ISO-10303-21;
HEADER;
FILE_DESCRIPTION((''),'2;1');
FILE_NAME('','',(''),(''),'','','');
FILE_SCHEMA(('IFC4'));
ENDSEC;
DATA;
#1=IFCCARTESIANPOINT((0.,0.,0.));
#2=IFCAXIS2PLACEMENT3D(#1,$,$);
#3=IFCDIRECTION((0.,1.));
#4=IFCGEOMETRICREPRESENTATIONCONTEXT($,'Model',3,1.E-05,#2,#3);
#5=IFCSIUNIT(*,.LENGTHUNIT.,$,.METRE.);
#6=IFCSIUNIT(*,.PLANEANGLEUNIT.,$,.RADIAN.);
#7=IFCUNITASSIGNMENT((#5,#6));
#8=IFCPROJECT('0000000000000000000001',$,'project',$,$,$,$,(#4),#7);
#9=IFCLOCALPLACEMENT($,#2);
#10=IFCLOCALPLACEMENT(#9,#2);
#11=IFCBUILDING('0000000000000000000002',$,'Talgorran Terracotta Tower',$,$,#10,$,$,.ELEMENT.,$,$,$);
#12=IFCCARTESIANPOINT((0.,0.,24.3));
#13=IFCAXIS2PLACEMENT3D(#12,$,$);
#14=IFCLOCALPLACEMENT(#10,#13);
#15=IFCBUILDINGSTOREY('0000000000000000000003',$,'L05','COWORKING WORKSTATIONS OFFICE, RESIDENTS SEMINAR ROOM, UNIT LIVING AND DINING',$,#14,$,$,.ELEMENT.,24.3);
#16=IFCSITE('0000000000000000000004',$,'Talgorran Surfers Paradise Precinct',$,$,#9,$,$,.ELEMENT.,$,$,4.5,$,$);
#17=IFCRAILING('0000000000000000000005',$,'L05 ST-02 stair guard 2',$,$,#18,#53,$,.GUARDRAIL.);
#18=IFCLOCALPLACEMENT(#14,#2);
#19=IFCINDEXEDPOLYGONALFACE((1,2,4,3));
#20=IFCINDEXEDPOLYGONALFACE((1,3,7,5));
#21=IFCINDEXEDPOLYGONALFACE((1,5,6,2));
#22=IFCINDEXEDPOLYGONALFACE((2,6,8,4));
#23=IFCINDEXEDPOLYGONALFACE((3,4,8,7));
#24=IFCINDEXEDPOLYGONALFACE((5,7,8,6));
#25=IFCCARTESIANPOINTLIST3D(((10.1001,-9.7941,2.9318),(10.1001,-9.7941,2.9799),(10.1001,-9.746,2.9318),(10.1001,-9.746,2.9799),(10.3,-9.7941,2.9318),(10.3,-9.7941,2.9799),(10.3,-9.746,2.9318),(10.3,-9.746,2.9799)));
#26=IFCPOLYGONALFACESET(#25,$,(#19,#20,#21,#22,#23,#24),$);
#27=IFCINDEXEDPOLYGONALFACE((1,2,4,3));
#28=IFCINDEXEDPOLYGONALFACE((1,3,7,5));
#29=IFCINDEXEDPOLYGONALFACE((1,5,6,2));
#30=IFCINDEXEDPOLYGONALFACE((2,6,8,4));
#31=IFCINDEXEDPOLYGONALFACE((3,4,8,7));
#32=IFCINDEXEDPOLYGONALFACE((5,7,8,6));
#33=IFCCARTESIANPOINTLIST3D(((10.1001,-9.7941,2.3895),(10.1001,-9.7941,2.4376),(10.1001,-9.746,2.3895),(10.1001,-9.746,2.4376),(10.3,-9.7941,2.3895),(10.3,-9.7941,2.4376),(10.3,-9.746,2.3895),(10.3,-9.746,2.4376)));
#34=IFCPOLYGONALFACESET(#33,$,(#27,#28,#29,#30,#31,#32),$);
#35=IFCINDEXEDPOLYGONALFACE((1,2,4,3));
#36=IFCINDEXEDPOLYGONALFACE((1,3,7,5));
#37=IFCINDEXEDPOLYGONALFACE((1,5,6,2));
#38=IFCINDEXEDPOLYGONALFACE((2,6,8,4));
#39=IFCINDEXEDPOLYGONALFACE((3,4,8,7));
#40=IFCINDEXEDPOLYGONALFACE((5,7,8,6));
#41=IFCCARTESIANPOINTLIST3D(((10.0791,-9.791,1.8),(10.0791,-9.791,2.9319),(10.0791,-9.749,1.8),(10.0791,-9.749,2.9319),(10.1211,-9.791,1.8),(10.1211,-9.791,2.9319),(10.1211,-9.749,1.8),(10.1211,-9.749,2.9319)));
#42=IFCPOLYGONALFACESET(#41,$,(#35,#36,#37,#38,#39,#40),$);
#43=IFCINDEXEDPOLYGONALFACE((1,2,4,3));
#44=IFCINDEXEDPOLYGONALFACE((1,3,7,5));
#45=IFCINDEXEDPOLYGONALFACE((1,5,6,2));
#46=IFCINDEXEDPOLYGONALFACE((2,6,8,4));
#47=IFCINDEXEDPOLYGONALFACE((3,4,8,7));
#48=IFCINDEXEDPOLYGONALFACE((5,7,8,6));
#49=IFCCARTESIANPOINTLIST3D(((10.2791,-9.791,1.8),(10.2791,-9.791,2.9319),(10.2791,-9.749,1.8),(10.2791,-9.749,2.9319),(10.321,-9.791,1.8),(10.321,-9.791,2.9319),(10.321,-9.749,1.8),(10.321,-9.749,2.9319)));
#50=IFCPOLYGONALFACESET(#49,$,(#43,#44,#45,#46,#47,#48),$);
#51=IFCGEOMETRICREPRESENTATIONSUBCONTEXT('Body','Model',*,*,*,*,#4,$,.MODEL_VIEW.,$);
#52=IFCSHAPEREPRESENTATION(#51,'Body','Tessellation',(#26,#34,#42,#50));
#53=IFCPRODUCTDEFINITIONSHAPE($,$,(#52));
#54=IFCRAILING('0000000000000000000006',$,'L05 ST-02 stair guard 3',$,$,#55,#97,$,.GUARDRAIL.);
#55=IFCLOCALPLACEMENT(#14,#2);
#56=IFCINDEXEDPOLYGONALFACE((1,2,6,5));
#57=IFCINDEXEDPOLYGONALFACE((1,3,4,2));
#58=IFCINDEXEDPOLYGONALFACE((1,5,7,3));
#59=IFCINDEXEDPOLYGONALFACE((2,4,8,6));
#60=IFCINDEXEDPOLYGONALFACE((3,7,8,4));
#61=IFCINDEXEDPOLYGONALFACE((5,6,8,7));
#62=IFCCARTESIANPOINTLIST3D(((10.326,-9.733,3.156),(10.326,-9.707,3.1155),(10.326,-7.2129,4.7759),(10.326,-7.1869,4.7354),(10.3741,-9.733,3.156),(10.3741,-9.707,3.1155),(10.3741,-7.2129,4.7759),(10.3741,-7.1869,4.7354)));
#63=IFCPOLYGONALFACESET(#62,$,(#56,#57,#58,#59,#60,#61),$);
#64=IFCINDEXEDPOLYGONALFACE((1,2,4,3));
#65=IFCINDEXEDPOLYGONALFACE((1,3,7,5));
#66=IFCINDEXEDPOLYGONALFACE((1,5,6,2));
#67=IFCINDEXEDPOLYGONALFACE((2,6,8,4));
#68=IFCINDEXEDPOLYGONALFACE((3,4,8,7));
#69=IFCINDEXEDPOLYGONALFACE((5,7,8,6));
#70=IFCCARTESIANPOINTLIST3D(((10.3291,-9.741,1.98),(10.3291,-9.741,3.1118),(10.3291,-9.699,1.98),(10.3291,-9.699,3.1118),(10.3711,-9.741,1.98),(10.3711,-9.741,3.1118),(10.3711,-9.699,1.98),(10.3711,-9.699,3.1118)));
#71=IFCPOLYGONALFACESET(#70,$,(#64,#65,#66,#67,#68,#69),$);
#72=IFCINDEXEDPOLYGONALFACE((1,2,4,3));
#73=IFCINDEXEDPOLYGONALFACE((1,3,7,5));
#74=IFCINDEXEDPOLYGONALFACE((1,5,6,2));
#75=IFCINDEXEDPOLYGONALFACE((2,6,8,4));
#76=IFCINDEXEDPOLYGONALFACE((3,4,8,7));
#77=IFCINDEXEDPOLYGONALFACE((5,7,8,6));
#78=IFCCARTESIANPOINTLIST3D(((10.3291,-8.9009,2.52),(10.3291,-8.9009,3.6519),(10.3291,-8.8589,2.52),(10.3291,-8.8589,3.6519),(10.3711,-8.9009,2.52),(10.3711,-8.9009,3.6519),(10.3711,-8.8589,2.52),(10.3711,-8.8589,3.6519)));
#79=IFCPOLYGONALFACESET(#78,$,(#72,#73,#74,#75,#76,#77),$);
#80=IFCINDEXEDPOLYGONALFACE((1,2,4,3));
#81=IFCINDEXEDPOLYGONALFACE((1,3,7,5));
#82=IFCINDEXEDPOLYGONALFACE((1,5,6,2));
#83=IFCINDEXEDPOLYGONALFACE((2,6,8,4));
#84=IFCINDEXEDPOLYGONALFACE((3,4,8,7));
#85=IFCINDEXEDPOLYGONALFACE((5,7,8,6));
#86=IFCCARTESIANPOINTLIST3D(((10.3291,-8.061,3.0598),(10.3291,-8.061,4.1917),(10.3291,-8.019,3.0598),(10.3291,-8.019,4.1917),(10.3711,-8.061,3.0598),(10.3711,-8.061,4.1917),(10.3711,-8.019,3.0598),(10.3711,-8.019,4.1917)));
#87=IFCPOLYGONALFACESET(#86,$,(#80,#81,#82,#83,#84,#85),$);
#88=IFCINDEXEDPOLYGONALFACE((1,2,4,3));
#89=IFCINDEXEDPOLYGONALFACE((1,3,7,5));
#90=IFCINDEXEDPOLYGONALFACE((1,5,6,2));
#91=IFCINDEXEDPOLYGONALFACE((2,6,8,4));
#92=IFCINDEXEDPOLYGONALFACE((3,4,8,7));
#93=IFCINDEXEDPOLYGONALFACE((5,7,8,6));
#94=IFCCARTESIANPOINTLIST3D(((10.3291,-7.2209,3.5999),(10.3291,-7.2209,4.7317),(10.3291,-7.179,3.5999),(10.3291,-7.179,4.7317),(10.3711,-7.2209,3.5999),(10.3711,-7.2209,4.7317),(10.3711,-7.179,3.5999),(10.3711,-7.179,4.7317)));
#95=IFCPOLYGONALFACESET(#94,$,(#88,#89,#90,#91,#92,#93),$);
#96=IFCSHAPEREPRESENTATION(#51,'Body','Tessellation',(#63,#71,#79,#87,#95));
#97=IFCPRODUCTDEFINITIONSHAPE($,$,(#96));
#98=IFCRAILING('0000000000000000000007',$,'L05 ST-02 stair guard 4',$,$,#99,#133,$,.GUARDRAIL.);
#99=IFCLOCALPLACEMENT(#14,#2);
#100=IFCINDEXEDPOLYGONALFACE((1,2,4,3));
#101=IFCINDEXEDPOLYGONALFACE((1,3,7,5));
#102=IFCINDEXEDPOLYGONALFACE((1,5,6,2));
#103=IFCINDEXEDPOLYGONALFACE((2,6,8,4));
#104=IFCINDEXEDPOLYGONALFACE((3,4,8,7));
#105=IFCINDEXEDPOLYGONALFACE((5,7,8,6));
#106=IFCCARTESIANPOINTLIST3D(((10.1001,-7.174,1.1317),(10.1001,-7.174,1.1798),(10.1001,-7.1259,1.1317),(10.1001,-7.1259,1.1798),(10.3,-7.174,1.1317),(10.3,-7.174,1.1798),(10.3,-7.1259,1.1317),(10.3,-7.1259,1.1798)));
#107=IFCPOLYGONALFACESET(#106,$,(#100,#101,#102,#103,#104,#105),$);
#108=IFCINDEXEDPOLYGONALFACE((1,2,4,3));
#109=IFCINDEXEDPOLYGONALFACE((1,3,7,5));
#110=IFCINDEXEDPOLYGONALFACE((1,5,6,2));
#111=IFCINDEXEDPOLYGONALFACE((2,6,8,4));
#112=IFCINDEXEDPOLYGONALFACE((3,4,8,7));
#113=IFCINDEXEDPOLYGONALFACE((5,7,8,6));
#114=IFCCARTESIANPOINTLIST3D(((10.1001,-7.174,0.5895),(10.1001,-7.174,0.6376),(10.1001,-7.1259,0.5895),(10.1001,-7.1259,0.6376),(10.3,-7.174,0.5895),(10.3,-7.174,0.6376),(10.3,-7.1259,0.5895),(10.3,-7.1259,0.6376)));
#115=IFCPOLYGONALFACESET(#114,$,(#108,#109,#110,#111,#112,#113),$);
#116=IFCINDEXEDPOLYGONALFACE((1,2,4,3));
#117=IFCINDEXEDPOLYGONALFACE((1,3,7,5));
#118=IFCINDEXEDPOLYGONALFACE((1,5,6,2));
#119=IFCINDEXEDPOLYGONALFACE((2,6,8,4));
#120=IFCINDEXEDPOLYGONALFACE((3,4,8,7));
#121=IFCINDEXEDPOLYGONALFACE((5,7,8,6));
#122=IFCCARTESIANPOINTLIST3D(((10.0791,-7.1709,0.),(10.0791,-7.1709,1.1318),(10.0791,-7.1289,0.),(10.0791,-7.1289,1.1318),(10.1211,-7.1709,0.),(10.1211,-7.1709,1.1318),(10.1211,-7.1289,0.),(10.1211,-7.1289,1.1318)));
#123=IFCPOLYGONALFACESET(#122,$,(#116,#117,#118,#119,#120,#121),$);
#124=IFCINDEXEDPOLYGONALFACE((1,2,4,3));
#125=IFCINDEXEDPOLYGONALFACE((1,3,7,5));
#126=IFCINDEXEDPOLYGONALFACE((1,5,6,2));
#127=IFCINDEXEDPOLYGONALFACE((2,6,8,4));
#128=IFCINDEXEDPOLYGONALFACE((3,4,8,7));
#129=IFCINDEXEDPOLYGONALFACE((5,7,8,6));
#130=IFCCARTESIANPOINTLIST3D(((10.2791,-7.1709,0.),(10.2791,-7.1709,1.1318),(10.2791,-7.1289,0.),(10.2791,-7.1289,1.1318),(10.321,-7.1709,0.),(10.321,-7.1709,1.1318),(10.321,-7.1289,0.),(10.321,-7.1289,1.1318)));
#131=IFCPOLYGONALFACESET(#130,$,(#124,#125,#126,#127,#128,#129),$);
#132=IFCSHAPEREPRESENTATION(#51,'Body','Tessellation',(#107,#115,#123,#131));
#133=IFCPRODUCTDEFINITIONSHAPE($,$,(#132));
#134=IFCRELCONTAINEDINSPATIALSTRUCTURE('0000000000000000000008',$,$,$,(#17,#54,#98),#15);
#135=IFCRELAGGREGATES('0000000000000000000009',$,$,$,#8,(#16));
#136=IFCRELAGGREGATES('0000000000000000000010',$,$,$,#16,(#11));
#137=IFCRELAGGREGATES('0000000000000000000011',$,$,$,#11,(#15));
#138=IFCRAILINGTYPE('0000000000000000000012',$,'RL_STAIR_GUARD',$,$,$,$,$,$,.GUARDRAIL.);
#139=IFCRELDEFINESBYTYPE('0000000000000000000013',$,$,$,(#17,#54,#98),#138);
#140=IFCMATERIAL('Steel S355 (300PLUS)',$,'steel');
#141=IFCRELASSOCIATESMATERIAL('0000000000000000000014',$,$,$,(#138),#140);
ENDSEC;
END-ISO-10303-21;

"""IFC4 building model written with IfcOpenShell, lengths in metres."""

from ifc_helpers import new_model, si_unit, direction, frame, origin, origin_2d, place, context, subcontext, project, spatial, rectangle, extrude, material, type_object, element, save


model = new_model("IFC4")

# Units and contexts
model_context = context("Model", 3, precision=1e-05, world=origin(), true_north=direction((0.0, 1.0)))
body_context = subcontext(model_context, "Body", "Model", "MODEL_VIEW")
ifc_project = project(units=[si_unit("LENGTHUNIT", "METRE"), si_unit("PLANEANGLEUNIT", "RADIAN")], contexts=[model_context])

# Site, building, storey
site_placement = place(None, origin())
site = spatial("IfcSite", under=ifc_project, at=site_placement, Name="Talgorran Surfers Paradise Precinct", CompositionType="ELEMENT", RefElevation=4.5)
building_placement = place(site_placement, origin())
building = spatial("IfcBuilding", under=site, at=building_placement, Name="Talgorran Terracotta Tower", CompositionType="ELEMENT")
storey_placement = place(building_placement, frame((0.0, 0.0, 24.3)))
storey = spatial("IfcBuildingStorey", under=building, at=storey_placement, Name="L05", Description="COWORKING WORKSTATIONS OFFICE, RESIDENTS SEMINAR ROOM, UNIT LIVING AND DINING", CompositionType="ELEMENT", Elevation=24.3)

# Shared definitions
ifc_material_1 = material(Name="Steel S355 (300PLUS)", Category="steel")

# Railings
railing_type_1 = type_object("IfcRailingType", Name="RL_STAIR_GUARD", PredefinedType="GUARDRAIL", material=ifc_material_1)
railing_1_placement = place(storey_placement, frame((10.1001, -9.77, 1.8)))
element("IfcRailing", 1, at=railing_1_placement, inside=storey, type_object=railing_type_1, Name="L05 ST-02 stair guard 2", PredefinedType="GUARDRAIL", context=body_context, shape_type="SweptSolid", body=[
    extrude(rectangle(XDim=0.0481, YDim=0.0481, at=origin_2d()), frame((0.0, 0.0, 1.1558), z_axis=(1.0, 0.0, 0.0), x_axis=(0.0, 1.0, 0.0)), (0.0, 0.0, 1.0), 0.2),
    extrude(rectangle(XDim=0.0481, YDim=0.0481, at=origin_2d()), frame((0.0, 0.0, 0.6135), z_axis=(1.0, 0.0, 0.0), x_axis=(0.0, 1.0, 0.0)), (0.0, 0.0, 1.0), 0.2),
    extrude(rectangle(XDim=0.042, YDim=0.042, at=origin_2d()), origin(), (0.0, 0.0, 1.0), 1.1318),
    extrude(rectangle(XDim=0.042, YDim=0.042, at=origin_2d()), frame((0.2, 0.0, 0.0)), (0.0, 0.0, 1.0), 1.1318),
])
railing_2_placement = place(storey_placement, frame((10.3501, -9.72, 1.98)))
element("IfcRailing", 2, at=railing_2_placement, inside=storey, type_object=railing_type_1, Name="L05 ST-02 stair guard 3", PredefinedType="GUARDRAIL", context=body_context, shape_type="SweptSolid", body=[
    extrude(rectangle(XDim=0.0481, YDim=0.0481, at=origin_2d()), frame((0.0, 0.0, 1.1558), z_axis=(0.0, 0.8412, 0.540725), x_axis=(-1.0, 0.0, 0.0)), (0.0, 0.0, 1.0), 2.9958),
    extrude(rectangle(XDim=0.042, YDim=0.042, at=origin_2d()), origin(), (0.0, 0.0, 1.0), 1.1318),
    extrude(rectangle(XDim=0.042, YDim=0.042, at=origin_2d()), frame((0.0, 0.8401, 0.54)), (0.0, 0.0, 1.0), 1.1318),
    extrude(rectangle(XDim=0.042, YDim=0.042, at=origin_2d()), frame((0.0, 1.6799, 1.0798)), (0.0, 0.0, 1.0), 1.1318),
    extrude(rectangle(XDim=0.042, YDim=0.042, at=origin_2d()), frame((0.0, 2.52, 1.6199)), (0.0, 0.0, 1.0), 1.1318),
])
railing_3_placement = place(storey_placement, frame((10.1001, -7.1499, 0.0)))
element("IfcRailing", 3, at=railing_3_placement, inside=storey, type_object=railing_type_1, Name="L05 ST-02 stair guard 4", PredefinedType="GUARDRAIL", context=body_context, shape_type="SweptSolid", body=[
    extrude(rectangle(XDim=0.0481, YDim=0.0481, at=origin_2d()), frame((0.0, 0.0, 1.1558), z_axis=(1.0, 0.0, 0.0), x_axis=(0.0, 1.0, 0.0)), (0.0, 0.0, 1.0), 0.2),
    extrude(rectangle(XDim=0.0481, YDim=0.0481, at=origin_2d()), frame((0.0, 0.0, 0.6135), z_axis=(1.0, 0.0, 0.0), x_axis=(0.0, 1.0, 0.0)), (0.0, 0.0, 1.0), 0.2),
    extrude(rectangle(XDim=0.042, YDim=0.042, at=origin_2d()), origin(), (0.0, 0.0, 1.0), 1.1318),
    extrude(rectangle(XDim=0.042, YDim=0.042, at=origin_2d()), frame((0.2, 0.0, 0.0)), (0.0, 0.0, 1.0), 1.1318),
])

save(model, "model.ifc")
